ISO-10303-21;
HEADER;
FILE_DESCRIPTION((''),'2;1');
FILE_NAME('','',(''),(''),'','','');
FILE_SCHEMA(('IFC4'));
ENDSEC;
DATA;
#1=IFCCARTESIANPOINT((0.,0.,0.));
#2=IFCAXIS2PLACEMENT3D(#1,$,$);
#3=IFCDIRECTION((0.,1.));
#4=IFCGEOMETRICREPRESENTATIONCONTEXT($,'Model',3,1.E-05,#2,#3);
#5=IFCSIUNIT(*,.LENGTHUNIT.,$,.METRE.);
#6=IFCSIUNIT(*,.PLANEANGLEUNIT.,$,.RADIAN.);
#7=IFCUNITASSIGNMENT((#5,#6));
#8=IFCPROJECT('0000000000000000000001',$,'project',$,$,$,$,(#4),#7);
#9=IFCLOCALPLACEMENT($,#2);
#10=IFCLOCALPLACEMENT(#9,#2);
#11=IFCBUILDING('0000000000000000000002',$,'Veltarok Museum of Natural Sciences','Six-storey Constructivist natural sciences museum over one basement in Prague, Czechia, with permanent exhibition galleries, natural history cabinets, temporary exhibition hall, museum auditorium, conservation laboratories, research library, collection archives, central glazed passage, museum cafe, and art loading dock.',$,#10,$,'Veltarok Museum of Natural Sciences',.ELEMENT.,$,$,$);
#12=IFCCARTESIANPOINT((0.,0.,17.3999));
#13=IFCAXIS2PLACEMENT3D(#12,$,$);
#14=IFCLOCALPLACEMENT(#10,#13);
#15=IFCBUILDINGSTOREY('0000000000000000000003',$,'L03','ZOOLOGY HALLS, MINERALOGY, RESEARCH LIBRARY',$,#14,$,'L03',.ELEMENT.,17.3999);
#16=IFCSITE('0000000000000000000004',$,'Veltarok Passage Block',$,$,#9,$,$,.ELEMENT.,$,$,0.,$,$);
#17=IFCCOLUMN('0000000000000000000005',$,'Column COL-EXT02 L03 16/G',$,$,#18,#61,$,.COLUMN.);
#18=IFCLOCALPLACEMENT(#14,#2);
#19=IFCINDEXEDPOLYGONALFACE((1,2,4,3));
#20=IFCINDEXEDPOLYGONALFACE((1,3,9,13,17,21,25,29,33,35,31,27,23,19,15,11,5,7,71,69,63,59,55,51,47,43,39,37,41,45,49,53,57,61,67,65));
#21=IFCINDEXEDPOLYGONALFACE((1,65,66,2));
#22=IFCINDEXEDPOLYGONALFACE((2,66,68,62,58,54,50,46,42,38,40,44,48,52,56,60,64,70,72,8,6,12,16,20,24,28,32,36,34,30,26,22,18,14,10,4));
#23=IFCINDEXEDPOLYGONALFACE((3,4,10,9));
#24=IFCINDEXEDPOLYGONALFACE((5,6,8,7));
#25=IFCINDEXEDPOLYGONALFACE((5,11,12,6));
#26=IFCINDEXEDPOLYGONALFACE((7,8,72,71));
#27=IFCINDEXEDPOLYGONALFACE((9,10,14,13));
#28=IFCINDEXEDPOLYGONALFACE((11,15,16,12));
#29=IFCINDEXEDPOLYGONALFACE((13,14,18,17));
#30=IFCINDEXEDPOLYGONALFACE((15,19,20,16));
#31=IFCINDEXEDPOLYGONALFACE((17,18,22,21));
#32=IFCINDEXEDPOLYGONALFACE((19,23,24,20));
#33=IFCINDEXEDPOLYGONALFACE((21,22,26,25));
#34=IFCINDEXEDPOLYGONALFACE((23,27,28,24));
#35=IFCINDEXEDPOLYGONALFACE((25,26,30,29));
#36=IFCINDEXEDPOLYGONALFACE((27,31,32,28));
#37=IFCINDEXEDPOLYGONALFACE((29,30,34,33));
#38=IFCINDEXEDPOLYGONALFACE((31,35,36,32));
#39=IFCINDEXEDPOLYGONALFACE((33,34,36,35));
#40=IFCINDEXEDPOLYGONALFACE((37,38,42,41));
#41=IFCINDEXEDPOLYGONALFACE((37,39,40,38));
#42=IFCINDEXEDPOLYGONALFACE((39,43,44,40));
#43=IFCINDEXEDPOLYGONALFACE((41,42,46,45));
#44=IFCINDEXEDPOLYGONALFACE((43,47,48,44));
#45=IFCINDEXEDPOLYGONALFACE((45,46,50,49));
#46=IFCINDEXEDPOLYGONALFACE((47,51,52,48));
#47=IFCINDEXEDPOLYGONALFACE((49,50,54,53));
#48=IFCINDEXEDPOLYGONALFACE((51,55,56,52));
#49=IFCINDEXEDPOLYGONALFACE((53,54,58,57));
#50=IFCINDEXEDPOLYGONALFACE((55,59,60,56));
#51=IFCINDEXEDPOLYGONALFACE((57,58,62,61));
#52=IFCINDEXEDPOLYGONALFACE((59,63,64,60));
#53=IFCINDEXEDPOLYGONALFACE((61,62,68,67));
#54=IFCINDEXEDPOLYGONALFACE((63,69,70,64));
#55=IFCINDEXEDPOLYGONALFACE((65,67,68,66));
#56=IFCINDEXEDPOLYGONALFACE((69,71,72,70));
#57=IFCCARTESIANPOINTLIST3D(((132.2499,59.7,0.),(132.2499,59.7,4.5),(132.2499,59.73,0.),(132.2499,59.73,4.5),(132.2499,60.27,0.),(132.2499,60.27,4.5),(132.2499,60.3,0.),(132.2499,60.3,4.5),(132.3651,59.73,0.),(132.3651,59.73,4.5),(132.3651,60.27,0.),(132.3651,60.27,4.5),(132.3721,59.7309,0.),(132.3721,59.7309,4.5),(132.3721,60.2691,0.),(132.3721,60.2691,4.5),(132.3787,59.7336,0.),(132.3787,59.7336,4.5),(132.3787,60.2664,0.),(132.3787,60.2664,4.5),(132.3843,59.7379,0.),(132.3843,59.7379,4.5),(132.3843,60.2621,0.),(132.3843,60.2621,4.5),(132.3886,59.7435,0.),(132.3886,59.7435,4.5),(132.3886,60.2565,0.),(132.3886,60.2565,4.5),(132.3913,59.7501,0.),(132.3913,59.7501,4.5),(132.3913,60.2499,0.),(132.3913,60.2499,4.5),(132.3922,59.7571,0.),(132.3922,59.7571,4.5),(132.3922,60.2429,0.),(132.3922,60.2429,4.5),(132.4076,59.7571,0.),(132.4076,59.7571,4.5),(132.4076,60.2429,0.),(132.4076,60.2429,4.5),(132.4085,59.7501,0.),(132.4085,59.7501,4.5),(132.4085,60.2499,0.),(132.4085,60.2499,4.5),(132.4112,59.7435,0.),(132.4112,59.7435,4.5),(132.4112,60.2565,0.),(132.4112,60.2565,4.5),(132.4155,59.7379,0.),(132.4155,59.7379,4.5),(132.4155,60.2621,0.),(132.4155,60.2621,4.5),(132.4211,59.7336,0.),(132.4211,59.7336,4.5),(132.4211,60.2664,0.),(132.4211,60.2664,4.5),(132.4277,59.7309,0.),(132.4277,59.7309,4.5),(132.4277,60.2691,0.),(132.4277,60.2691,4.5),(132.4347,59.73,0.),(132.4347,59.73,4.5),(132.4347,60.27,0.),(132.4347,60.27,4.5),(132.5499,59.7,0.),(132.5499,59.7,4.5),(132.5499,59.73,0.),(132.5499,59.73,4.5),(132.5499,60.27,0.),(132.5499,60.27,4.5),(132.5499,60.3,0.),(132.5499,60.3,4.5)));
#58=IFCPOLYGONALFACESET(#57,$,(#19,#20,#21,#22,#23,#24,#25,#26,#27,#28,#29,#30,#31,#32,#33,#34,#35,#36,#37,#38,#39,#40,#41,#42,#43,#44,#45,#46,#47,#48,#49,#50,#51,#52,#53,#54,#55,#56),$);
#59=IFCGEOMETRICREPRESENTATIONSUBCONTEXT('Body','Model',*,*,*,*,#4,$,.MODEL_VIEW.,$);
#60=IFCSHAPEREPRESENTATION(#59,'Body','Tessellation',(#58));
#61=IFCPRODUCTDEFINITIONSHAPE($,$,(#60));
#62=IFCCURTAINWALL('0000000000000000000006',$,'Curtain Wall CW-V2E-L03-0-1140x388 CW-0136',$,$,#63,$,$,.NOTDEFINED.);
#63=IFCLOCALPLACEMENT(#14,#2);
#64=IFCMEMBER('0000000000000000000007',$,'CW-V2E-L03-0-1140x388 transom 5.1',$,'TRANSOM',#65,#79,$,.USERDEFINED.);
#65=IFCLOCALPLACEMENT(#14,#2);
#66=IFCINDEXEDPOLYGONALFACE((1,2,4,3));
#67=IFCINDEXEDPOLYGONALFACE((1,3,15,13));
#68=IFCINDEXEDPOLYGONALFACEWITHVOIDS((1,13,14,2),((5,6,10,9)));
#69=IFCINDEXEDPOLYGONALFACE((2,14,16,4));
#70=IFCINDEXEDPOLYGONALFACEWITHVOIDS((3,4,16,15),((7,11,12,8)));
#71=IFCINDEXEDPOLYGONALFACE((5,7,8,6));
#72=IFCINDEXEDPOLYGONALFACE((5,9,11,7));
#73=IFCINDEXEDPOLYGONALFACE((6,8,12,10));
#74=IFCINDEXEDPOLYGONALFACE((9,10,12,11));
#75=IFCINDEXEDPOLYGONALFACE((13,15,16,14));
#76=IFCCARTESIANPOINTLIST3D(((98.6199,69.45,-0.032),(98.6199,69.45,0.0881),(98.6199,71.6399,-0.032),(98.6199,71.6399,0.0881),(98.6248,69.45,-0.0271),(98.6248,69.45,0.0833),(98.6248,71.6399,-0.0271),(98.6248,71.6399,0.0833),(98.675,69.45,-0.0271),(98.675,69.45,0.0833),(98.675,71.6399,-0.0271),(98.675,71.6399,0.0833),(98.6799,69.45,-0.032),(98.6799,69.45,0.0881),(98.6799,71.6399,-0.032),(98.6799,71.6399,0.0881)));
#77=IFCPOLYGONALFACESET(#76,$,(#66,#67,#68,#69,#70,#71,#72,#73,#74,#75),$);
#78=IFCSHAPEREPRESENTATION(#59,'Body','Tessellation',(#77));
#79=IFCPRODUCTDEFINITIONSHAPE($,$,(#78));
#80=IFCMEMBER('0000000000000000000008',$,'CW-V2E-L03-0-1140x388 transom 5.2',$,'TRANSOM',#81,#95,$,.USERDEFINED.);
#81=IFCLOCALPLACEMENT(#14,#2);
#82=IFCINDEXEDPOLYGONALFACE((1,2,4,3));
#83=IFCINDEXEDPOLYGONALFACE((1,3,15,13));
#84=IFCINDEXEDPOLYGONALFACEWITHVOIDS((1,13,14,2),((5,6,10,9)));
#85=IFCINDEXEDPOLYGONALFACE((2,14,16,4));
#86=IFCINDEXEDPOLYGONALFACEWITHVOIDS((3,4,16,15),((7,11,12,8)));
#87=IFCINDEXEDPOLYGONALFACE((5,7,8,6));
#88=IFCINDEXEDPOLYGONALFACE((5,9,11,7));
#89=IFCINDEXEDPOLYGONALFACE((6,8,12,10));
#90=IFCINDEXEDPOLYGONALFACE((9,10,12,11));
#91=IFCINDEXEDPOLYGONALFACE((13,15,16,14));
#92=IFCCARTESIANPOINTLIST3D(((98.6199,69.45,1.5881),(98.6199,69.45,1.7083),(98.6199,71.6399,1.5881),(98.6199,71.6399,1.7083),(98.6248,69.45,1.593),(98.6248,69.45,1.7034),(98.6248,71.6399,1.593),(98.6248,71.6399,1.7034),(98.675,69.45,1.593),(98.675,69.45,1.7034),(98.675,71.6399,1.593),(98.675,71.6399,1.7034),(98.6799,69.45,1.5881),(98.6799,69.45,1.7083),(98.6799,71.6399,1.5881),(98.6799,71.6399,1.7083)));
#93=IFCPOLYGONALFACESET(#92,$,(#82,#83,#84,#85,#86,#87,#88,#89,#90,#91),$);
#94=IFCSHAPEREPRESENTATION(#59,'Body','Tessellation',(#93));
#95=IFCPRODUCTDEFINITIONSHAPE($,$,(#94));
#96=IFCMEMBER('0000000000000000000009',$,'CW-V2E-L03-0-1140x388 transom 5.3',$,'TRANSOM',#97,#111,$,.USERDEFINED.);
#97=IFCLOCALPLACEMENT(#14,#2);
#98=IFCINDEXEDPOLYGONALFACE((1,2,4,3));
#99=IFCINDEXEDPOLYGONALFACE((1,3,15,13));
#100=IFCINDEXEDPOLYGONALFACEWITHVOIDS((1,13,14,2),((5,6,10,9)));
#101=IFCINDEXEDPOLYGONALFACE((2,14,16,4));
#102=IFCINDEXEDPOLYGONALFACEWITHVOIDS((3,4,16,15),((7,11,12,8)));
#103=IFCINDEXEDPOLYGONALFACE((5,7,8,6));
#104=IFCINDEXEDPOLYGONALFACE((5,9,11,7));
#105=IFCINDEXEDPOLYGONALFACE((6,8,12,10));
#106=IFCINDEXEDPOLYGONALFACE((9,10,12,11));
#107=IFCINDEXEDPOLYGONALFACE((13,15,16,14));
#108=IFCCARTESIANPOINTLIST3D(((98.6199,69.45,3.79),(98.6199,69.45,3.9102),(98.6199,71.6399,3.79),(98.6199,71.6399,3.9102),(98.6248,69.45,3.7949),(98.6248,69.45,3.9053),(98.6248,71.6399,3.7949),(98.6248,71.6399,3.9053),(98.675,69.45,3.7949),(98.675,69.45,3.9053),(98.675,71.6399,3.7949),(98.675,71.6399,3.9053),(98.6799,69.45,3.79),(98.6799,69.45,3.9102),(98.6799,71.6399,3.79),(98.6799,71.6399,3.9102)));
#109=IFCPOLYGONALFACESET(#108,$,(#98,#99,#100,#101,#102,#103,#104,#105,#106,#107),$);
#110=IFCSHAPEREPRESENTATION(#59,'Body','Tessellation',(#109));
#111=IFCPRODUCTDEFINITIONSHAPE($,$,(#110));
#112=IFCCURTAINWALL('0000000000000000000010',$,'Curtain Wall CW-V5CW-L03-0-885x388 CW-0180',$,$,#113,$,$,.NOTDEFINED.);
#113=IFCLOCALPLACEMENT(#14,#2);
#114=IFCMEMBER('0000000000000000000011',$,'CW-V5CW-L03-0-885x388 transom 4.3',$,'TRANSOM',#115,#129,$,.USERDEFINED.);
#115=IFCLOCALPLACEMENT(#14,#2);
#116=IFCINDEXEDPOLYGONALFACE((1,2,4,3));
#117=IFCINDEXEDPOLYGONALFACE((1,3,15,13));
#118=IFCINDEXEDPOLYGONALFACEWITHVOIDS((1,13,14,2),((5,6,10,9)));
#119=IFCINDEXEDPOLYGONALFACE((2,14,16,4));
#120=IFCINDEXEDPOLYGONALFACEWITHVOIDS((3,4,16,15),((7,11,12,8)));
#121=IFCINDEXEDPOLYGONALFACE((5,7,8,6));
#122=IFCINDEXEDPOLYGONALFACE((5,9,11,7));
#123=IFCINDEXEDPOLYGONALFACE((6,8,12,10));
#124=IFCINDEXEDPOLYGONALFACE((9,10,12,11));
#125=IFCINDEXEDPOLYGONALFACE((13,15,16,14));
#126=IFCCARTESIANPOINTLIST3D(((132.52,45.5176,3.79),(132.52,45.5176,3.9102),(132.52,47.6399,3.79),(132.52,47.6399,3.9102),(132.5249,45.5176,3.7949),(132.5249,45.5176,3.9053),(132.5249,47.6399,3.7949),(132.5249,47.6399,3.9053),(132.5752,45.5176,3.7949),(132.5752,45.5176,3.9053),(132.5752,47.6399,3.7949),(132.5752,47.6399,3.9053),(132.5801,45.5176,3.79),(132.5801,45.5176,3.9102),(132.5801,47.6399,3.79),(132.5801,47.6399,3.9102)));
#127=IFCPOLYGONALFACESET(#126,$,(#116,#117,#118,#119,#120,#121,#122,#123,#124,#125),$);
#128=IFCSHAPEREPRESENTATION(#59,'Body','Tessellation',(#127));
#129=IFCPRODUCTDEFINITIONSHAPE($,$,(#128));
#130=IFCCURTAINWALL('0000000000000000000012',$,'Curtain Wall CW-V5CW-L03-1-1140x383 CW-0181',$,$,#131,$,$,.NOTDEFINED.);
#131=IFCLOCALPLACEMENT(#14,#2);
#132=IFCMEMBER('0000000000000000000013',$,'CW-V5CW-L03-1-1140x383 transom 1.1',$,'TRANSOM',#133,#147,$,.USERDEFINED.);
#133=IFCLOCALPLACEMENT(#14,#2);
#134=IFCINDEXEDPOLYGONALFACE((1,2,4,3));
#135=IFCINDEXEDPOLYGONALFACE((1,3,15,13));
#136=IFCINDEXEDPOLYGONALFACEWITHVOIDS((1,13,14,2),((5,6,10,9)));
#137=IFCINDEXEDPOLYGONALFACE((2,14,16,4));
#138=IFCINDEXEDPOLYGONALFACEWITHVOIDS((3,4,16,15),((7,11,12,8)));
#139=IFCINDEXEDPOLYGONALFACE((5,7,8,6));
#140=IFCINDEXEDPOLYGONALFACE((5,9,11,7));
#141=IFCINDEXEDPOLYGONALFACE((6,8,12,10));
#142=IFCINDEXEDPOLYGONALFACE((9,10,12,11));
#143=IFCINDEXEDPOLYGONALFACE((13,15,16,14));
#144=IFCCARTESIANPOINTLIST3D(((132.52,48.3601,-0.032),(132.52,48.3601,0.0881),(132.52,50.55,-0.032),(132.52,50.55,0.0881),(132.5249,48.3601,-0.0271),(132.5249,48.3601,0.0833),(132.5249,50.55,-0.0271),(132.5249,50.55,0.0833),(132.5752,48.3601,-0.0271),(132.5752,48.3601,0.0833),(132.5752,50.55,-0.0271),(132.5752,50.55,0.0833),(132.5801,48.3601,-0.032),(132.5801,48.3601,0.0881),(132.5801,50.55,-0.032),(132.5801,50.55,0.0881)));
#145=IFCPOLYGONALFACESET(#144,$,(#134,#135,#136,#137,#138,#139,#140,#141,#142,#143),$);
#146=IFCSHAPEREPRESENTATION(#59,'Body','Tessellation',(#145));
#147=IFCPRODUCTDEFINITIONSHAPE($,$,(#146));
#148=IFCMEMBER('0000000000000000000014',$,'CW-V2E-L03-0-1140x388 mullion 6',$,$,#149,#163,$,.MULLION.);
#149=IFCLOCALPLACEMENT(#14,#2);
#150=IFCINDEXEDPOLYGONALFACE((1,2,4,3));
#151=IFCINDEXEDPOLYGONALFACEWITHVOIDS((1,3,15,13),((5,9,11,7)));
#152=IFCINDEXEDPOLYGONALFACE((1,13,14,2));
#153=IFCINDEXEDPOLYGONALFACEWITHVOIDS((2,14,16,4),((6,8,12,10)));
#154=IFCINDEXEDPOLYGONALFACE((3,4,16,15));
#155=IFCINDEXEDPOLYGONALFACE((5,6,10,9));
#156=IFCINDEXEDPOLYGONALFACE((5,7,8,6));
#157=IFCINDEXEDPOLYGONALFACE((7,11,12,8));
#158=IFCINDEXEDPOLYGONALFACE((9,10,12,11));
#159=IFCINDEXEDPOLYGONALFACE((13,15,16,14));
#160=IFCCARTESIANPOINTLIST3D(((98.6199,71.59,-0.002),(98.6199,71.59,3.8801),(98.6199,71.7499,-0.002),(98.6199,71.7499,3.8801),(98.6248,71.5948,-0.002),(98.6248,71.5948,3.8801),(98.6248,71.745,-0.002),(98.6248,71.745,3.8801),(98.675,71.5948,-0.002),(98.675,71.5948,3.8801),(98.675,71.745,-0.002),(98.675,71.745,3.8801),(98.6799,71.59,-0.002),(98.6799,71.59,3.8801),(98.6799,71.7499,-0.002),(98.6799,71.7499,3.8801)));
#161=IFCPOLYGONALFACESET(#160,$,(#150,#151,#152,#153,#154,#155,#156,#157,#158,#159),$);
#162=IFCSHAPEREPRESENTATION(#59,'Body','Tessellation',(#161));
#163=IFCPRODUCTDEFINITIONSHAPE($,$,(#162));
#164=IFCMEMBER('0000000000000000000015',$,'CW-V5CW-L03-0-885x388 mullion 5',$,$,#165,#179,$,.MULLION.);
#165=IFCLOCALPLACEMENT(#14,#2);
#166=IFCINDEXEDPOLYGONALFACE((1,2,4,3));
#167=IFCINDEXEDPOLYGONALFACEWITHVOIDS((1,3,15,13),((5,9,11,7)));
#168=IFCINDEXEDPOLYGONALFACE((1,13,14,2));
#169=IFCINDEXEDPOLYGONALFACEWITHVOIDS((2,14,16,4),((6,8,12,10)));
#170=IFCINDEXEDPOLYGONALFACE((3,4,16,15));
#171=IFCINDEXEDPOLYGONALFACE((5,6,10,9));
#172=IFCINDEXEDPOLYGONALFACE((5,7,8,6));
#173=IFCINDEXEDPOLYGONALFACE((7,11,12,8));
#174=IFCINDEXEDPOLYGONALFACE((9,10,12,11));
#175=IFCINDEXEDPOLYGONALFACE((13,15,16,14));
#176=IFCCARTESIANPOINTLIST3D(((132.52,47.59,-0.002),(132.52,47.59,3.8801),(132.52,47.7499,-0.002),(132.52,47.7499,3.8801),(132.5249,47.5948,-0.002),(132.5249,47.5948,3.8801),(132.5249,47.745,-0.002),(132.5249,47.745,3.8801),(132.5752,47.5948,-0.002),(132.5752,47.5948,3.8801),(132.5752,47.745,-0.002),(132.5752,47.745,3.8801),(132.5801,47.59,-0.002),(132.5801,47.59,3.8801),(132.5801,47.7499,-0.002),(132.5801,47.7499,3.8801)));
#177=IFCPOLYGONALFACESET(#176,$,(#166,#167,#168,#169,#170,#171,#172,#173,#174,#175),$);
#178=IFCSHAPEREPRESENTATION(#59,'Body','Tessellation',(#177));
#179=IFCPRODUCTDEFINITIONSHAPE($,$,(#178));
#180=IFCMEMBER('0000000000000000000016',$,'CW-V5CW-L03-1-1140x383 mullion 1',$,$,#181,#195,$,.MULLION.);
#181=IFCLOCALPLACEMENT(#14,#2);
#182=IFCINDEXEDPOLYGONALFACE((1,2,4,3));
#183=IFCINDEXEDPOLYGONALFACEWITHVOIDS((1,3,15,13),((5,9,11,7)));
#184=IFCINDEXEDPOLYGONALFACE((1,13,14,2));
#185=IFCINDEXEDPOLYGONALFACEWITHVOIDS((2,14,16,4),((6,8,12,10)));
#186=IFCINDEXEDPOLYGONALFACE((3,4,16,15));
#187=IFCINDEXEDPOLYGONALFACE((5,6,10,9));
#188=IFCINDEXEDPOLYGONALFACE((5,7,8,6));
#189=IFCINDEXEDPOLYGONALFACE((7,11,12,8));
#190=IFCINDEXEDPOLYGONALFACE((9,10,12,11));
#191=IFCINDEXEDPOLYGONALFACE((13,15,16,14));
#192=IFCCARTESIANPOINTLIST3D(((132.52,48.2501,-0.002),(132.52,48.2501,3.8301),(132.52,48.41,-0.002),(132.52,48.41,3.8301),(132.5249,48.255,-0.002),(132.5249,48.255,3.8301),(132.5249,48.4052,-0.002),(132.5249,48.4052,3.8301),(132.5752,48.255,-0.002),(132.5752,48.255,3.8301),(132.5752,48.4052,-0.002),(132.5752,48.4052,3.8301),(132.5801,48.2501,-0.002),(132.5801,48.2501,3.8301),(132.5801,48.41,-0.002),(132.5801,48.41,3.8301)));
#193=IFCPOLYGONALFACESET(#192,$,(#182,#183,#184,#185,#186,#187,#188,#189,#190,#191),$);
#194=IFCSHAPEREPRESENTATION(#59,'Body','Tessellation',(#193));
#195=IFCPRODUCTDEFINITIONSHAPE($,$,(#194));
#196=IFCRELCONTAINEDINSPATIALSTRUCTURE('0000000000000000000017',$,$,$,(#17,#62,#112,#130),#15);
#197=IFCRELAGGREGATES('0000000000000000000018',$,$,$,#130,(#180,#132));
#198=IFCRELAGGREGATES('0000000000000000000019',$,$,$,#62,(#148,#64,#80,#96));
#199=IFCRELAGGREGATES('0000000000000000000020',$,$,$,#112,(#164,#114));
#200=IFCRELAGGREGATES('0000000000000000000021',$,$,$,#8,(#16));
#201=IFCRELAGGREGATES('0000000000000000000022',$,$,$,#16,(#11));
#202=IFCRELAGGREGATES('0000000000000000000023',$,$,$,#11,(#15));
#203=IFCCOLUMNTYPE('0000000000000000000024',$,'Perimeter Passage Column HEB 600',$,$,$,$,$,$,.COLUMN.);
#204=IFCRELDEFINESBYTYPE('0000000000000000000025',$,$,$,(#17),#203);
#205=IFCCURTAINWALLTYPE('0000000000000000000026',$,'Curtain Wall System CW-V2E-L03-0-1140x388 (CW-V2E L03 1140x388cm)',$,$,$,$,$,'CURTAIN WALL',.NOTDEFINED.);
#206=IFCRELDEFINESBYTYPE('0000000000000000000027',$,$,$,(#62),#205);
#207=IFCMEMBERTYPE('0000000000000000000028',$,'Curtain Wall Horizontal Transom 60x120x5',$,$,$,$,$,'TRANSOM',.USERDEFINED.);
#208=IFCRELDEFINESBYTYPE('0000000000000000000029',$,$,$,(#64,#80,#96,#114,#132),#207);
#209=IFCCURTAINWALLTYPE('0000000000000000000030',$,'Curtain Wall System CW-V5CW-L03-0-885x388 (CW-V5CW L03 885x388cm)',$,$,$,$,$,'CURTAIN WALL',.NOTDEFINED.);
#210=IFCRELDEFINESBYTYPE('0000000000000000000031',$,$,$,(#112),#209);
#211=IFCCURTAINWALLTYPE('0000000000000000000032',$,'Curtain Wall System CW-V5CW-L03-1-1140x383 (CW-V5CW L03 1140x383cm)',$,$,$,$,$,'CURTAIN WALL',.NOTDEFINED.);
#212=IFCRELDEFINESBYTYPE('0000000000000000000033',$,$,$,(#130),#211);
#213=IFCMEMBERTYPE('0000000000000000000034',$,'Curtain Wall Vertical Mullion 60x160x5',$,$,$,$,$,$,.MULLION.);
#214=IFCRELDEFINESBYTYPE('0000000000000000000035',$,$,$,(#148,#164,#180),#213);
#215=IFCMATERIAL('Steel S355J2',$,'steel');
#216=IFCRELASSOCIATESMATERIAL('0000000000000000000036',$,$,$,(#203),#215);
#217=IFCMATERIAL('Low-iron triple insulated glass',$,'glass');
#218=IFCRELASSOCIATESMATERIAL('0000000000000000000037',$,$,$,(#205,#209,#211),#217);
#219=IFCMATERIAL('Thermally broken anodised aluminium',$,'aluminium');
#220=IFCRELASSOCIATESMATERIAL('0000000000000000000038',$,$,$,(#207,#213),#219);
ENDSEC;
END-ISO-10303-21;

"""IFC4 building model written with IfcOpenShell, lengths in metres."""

from ifc_helpers import new_model, si_unit, direction, frame, origin, origin_2d, place, context, subcontext, project, spatial, hollow_rectangle, i_section, extrude, material, material_profile, profile_set, type_object, element, aggregate, save


model = new_model("IFC4")

# Units and contexts
model_context = context("Model", 3, precision=1e-05, world=origin(), true_north=direction((0.0, 1.0)))
body_context = subcontext(model_context, "Body", "Model", "MODEL_VIEW")
ifc_project = project(units=[si_unit("LENGTHUNIT", "METRE"), si_unit("PLANEANGLEUNIT", "RADIAN")], contexts=[model_context])

# Site, building, storey
site_placement = place(None, origin())
site = spatial("IfcSite", under=ifc_project, at=site_placement, Name="Veltarok Passage Block", CompositionType="ELEMENT", RefElevation=0.0)
building_placement = place(site_placement, origin())
building = spatial("IfcBuilding", under=site, at=building_placement, Name="Veltarok Museum of Natural Sciences", Description="Six-storey Constructivist natural sciences museum over one basement in Prague, Czechia, with permanent exhibition galleries, natural history cabinets, temporary exhibition hall, museum auditorium, conservation laboratories, research library, collection archives, central glazed passage, museum cafe, and art loading dock.", LongName="Veltarok Museum of Natural Sciences", CompositionType="ELEMENT")
storey_placement = place(building_placement, frame((0.0, 0.0, 17.3999)))
storey = spatial("IfcBuildingStorey", under=building, at=storey_placement, Name="L03", Description="ZOOLOGY HALLS, MINERALOGY, RESEARCH LIBRARY", LongName="L03", CompositionType="ELEMENT", Elevation=17.3999)

# Column
ifc_material_1 = material(Name="Steel S355J2", Category="steel")
ifc_material_profile_1 = material_profile(ifc_material_1, i_section(OverallWidth=0.3, OverallDepth=0.6001, WebThickness=0.0154, FlangeThickness=0.03, FilletRadius=0.0271, at=origin_2d()), Name="HEB 600")
ifc_profile_set_1 = profile_set([ifc_material_profile_1], Name="Steel S355J2")
column_type = type_object("IfcColumnType", Name="Perimeter Passage Column HEB 600", PredefinedType="COLUMN", material=ifc_profile_set_1)
for number, where, z_axis, x_axis, name in (
    (1, (132.3999, 60.0, 0.0), (0.0, 0.0, 1.0), (1.0, 0.0, 0.0), "Column COL-EXT02 L03 16/G"),
):
    element("IfcColumn", number, at=place(storey_placement, frame(where, z_axis=z_axis, x_axis=x_axis)), inside=storey, type_object=column_type, Name=name, PredefinedType="COLUMN", context=body_context, shape_type="SweptSolid", body=[
        extrude(i_section(OverallWidth=0.3, OverallDepth=0.6001, WebThickness=0.0154, FlangeThickness=0.03, FilletRadius=0.0271, at=origin_2d()), origin(), (0.0, 0.0, 1.0), 4.5),
    ])

# Curtain wall, members
ifc_material_2 = material(Name="Low-iron triple insulated glass", Category="glass")
curtain_wall_type_1 = type_object("IfcCurtainWallType", Name="Curtain Wall System CW-V2E-L03-0-1140x388 (CW-V2E L03 1140x388cm)", ElementType="CURTAIN WALL", PredefinedType="NOTDEFINED", material=ifc_material_2)
curtain_wall_1_placement = place(storey_placement, origin())
curtain_wall_1 = element("IfcCurtainWall", 2, at=curtain_wall_1_placement, inside=storey, type_object=curtain_wall_type_1, Name="Curtain Wall CW-V2E-L03-0-1140x388 CW-0136", PredefinedType="NOTDEFINED")
ifc_material_3 = material(Name="Thermally broken anodised aluminium", Category="aluminium")
ifc_material_profile_2 = material_profile(ifc_material_3, hollow_rectangle(XDim=0.0601, YDim=0.1201, WallThickness=0.0049, at=origin_2d()), Name="CW TRANSOM 60x120x5")
ifc_profile_set_2 = profile_set([ifc_material_profile_2], Name="Thermally broken anodised aluminium")
member_type_1 = type_object("IfcMemberType", Name="Curtain Wall Horizontal Transom 60x120x5", ElementType="TRANSOM", PredefinedType="USERDEFINED", material=ifc_profile_set_2)
member_1_placement = place(storey_placement, frame((98.6499, 69.45, 0.0281), z_axis=(0.0, 1.0, 0.0), x_axis=(-1.0, 0.0, 0.0)))
member_1 = element("IfcMember", 3, at=member_1_placement, type_object=member_type_1, Name="CW-V2E-L03-0-1140x388 transom 5.1", ObjectType="TRANSOM", PredefinedType="USERDEFINED", context=body_context, shape_type="SweptSolid", body=[
    extrude(hollow_rectangle(XDim=0.0601, YDim=0.1201, WallThickness=0.0049, at=origin_2d()), origin(), (0.0, 0.0, 1.0), 2.1899),
])
member_2_placement = place(storey_placement, frame((98.6499, 69.45, 1.6482), z_axis=(0.0, 1.0, 0.0), x_axis=(-1.0, 0.0, 0.0)))
member_2 = element("IfcMember", 4, at=member_2_placement, type_object=member_type_1, Name="CW-V2E-L03-0-1140x388 transom 5.2", ObjectType="TRANSOM", PredefinedType="USERDEFINED", context=body_context, shape_type="SweptSolid", body=[
    extrude(hollow_rectangle(XDim=0.0601, YDim=0.1201, WallThickness=0.0049, at=origin_2d()), origin(), (0.0, 0.0, 1.0), 2.1899),
])
member_3_placement = place(storey_placement, frame((98.6499, 69.45, 3.8501), z_axis=(0.0, 1.0, 0.0), x_axis=(-1.0, 0.0, 0.0)))
member_3 = element("IfcMember", 5, at=member_3_placement, type_object=member_type_1, Name="CW-V2E-L03-0-1140x388 transom 5.3", ObjectType="TRANSOM", PredefinedType="USERDEFINED", context=body_context, shape_type="SweptSolid", body=[
    extrude(hollow_rectangle(XDim=0.0601, YDim=0.1201, WallThickness=0.0049, at=origin_2d()), origin(), (0.0, 0.0, 1.0), 2.1899),
])

# Curtain walls, members
curtain_wall_type_2 = type_object("IfcCurtainWallType", Name="Curtain Wall System CW-V5CW-L03-0-885x388 (CW-V5CW L03 885x388cm)", ElementType="CURTAIN WALL", PredefinedType="NOTDEFINED", material=ifc_material_2)
curtain_wall_2_placement = place(storey_placement, origin())
curtain_wall_2 = element("IfcCurtainWall", 6, at=curtain_wall_2_placement, inside=storey, type_object=curtain_wall_type_2, Name="Curtain Wall CW-V5CW-L03-0-885x388 CW-0180", PredefinedType="NOTDEFINED")
member_4_placement = place(storey_placement, frame((132.55, 45.5176, 3.8501), z_axis=(0.0, 1.0, 0.0), x_axis=(-1.0, 0.0, 0.0)))
member_4 = element("IfcMember", 7, at=member_4_placement, type_object=member_type_1, Name="CW-V5CW-L03-0-885x388 transom 4.3", ObjectType="TRANSOM", PredefinedType="USERDEFINED", context=body_context, shape_type="SweptSolid", body=[
    extrude(hollow_rectangle(XDim=0.0601, YDim=0.1201, WallThickness=0.0049, at=origin_2d()), origin(), (0.0, 0.0, 1.0), 2.1223),
])
curtain_wall_type_3 = type_object("IfcCurtainWallType", Name="Curtain Wall System CW-V5CW-L03-1-1140x383 (CW-V5CW L03 1140x383cm)", ElementType="CURTAIN WALL", PredefinedType="NOTDEFINED", material=ifc_material_2)
curtain_wall_3_placement = place(storey_placement, origin())
curtain_wall_3 = element("IfcCurtainWall", 8, at=curtain_wall_3_placement, inside=storey, type_object=curtain_wall_type_3, Name="Curtain Wall CW-V5CW-L03-1-1140x383 CW-0181", PredefinedType="NOTDEFINED")
member_5_placement = place(storey_placement, frame((132.55, 48.3601, 0.0281), z_axis=(0.0, 1.0, 0.0), x_axis=(-1.0, 0.0, 0.0)))
member_5 = element("IfcMember", 9, at=member_5_placement, type_object=member_type_1, Name="CW-V5CW-L03-1-1140x383 transom 1.1", ObjectType="TRANSOM", PredefinedType="USERDEFINED", context=body_context, shape_type="SweptSolid", body=[
    extrude(hollow_rectangle(XDim=0.0601, YDim=0.1201, WallThickness=0.0049, at=origin_2d()), origin(), (0.0, 0.0, 1.0), 2.1899),
])

# Members
ifc_material_profile_3 = material_profile(ifc_material_3, hollow_rectangle(XDim=0.0601, YDim=0.1599, WallThickness=0.0049, at=origin_2d()), Name="CW MULLION 60x160x5")
ifc_profile_set_3 = profile_set([ifc_material_profile_3], Name="Thermally broken anodised aluminium")
member_type_2 = type_object("IfcMemberType", Name="Curtain Wall Vertical Mullion 60x160x5", PredefinedType="MULLION", material=ifc_profile_set_3)
member_6_placement = place(storey_placement, frame((98.6499, 71.6699, -0.002), z_axis=(0.0, 0.0, 1.0), x_axis=(-1.0, 0.0, 0.0)))
member_6 = element("IfcMember", 10, at=member_6_placement, type_object=member_type_2, Name="CW-V2E-L03-0-1140x388 mullion 6", PredefinedType="MULLION", context=body_context, shape_type="SweptSolid", body=[
    extrude(hollow_rectangle(XDim=0.0601, YDim=0.1599, WallThickness=0.0049, at=origin_2d()), origin(), (0.0, 0.0, 1.0), 3.8821),
])
member_7_placement = place(storey_placement, frame((132.55, 47.6699, -0.002), z_axis=(0.0, 0.0, 1.0), x_axis=(-1.0, 0.0, 0.0)))
member_7 = element("IfcMember", 11, at=member_7_placement, type_object=member_type_2, Name="CW-V5CW-L03-0-885x388 mullion 5", PredefinedType="MULLION", context=body_context, shape_type="SweptSolid", body=[
    extrude(hollow_rectangle(XDim=0.0601, YDim=0.1599, WallThickness=0.0049, at=origin_2d()), origin(), (0.0, 0.0, 1.0), 3.8821),
])
member_8_placement = place(storey_placement, frame((132.55, 48.3301, -0.002), z_axis=(0.0, 0.0, 1.0), x_axis=(-1.0, 0.0, 0.0)))
member_8 = element("IfcMember", 12, at=member_8_placement, type_object=member_type_2, Name="CW-V5CW-L03-1-1140x383 mullion 1", PredefinedType="MULLION", context=body_context, shape_type="SweptSolid", body=[
    extrude(hollow_rectangle(XDim=0.0601, YDim=0.1599, WallThickness=0.0049, at=origin_2d()), origin(), (0.0, 0.0, 1.0), 3.832),
])
aggregate(curtain_wall_3, [member_8, member_5])

aggregate(curtain_wall_1, [member_6, member_1, member_2, member_3])
aggregate(curtain_wall_2, [member_7, member_4])

save(model, "model.ifc")
